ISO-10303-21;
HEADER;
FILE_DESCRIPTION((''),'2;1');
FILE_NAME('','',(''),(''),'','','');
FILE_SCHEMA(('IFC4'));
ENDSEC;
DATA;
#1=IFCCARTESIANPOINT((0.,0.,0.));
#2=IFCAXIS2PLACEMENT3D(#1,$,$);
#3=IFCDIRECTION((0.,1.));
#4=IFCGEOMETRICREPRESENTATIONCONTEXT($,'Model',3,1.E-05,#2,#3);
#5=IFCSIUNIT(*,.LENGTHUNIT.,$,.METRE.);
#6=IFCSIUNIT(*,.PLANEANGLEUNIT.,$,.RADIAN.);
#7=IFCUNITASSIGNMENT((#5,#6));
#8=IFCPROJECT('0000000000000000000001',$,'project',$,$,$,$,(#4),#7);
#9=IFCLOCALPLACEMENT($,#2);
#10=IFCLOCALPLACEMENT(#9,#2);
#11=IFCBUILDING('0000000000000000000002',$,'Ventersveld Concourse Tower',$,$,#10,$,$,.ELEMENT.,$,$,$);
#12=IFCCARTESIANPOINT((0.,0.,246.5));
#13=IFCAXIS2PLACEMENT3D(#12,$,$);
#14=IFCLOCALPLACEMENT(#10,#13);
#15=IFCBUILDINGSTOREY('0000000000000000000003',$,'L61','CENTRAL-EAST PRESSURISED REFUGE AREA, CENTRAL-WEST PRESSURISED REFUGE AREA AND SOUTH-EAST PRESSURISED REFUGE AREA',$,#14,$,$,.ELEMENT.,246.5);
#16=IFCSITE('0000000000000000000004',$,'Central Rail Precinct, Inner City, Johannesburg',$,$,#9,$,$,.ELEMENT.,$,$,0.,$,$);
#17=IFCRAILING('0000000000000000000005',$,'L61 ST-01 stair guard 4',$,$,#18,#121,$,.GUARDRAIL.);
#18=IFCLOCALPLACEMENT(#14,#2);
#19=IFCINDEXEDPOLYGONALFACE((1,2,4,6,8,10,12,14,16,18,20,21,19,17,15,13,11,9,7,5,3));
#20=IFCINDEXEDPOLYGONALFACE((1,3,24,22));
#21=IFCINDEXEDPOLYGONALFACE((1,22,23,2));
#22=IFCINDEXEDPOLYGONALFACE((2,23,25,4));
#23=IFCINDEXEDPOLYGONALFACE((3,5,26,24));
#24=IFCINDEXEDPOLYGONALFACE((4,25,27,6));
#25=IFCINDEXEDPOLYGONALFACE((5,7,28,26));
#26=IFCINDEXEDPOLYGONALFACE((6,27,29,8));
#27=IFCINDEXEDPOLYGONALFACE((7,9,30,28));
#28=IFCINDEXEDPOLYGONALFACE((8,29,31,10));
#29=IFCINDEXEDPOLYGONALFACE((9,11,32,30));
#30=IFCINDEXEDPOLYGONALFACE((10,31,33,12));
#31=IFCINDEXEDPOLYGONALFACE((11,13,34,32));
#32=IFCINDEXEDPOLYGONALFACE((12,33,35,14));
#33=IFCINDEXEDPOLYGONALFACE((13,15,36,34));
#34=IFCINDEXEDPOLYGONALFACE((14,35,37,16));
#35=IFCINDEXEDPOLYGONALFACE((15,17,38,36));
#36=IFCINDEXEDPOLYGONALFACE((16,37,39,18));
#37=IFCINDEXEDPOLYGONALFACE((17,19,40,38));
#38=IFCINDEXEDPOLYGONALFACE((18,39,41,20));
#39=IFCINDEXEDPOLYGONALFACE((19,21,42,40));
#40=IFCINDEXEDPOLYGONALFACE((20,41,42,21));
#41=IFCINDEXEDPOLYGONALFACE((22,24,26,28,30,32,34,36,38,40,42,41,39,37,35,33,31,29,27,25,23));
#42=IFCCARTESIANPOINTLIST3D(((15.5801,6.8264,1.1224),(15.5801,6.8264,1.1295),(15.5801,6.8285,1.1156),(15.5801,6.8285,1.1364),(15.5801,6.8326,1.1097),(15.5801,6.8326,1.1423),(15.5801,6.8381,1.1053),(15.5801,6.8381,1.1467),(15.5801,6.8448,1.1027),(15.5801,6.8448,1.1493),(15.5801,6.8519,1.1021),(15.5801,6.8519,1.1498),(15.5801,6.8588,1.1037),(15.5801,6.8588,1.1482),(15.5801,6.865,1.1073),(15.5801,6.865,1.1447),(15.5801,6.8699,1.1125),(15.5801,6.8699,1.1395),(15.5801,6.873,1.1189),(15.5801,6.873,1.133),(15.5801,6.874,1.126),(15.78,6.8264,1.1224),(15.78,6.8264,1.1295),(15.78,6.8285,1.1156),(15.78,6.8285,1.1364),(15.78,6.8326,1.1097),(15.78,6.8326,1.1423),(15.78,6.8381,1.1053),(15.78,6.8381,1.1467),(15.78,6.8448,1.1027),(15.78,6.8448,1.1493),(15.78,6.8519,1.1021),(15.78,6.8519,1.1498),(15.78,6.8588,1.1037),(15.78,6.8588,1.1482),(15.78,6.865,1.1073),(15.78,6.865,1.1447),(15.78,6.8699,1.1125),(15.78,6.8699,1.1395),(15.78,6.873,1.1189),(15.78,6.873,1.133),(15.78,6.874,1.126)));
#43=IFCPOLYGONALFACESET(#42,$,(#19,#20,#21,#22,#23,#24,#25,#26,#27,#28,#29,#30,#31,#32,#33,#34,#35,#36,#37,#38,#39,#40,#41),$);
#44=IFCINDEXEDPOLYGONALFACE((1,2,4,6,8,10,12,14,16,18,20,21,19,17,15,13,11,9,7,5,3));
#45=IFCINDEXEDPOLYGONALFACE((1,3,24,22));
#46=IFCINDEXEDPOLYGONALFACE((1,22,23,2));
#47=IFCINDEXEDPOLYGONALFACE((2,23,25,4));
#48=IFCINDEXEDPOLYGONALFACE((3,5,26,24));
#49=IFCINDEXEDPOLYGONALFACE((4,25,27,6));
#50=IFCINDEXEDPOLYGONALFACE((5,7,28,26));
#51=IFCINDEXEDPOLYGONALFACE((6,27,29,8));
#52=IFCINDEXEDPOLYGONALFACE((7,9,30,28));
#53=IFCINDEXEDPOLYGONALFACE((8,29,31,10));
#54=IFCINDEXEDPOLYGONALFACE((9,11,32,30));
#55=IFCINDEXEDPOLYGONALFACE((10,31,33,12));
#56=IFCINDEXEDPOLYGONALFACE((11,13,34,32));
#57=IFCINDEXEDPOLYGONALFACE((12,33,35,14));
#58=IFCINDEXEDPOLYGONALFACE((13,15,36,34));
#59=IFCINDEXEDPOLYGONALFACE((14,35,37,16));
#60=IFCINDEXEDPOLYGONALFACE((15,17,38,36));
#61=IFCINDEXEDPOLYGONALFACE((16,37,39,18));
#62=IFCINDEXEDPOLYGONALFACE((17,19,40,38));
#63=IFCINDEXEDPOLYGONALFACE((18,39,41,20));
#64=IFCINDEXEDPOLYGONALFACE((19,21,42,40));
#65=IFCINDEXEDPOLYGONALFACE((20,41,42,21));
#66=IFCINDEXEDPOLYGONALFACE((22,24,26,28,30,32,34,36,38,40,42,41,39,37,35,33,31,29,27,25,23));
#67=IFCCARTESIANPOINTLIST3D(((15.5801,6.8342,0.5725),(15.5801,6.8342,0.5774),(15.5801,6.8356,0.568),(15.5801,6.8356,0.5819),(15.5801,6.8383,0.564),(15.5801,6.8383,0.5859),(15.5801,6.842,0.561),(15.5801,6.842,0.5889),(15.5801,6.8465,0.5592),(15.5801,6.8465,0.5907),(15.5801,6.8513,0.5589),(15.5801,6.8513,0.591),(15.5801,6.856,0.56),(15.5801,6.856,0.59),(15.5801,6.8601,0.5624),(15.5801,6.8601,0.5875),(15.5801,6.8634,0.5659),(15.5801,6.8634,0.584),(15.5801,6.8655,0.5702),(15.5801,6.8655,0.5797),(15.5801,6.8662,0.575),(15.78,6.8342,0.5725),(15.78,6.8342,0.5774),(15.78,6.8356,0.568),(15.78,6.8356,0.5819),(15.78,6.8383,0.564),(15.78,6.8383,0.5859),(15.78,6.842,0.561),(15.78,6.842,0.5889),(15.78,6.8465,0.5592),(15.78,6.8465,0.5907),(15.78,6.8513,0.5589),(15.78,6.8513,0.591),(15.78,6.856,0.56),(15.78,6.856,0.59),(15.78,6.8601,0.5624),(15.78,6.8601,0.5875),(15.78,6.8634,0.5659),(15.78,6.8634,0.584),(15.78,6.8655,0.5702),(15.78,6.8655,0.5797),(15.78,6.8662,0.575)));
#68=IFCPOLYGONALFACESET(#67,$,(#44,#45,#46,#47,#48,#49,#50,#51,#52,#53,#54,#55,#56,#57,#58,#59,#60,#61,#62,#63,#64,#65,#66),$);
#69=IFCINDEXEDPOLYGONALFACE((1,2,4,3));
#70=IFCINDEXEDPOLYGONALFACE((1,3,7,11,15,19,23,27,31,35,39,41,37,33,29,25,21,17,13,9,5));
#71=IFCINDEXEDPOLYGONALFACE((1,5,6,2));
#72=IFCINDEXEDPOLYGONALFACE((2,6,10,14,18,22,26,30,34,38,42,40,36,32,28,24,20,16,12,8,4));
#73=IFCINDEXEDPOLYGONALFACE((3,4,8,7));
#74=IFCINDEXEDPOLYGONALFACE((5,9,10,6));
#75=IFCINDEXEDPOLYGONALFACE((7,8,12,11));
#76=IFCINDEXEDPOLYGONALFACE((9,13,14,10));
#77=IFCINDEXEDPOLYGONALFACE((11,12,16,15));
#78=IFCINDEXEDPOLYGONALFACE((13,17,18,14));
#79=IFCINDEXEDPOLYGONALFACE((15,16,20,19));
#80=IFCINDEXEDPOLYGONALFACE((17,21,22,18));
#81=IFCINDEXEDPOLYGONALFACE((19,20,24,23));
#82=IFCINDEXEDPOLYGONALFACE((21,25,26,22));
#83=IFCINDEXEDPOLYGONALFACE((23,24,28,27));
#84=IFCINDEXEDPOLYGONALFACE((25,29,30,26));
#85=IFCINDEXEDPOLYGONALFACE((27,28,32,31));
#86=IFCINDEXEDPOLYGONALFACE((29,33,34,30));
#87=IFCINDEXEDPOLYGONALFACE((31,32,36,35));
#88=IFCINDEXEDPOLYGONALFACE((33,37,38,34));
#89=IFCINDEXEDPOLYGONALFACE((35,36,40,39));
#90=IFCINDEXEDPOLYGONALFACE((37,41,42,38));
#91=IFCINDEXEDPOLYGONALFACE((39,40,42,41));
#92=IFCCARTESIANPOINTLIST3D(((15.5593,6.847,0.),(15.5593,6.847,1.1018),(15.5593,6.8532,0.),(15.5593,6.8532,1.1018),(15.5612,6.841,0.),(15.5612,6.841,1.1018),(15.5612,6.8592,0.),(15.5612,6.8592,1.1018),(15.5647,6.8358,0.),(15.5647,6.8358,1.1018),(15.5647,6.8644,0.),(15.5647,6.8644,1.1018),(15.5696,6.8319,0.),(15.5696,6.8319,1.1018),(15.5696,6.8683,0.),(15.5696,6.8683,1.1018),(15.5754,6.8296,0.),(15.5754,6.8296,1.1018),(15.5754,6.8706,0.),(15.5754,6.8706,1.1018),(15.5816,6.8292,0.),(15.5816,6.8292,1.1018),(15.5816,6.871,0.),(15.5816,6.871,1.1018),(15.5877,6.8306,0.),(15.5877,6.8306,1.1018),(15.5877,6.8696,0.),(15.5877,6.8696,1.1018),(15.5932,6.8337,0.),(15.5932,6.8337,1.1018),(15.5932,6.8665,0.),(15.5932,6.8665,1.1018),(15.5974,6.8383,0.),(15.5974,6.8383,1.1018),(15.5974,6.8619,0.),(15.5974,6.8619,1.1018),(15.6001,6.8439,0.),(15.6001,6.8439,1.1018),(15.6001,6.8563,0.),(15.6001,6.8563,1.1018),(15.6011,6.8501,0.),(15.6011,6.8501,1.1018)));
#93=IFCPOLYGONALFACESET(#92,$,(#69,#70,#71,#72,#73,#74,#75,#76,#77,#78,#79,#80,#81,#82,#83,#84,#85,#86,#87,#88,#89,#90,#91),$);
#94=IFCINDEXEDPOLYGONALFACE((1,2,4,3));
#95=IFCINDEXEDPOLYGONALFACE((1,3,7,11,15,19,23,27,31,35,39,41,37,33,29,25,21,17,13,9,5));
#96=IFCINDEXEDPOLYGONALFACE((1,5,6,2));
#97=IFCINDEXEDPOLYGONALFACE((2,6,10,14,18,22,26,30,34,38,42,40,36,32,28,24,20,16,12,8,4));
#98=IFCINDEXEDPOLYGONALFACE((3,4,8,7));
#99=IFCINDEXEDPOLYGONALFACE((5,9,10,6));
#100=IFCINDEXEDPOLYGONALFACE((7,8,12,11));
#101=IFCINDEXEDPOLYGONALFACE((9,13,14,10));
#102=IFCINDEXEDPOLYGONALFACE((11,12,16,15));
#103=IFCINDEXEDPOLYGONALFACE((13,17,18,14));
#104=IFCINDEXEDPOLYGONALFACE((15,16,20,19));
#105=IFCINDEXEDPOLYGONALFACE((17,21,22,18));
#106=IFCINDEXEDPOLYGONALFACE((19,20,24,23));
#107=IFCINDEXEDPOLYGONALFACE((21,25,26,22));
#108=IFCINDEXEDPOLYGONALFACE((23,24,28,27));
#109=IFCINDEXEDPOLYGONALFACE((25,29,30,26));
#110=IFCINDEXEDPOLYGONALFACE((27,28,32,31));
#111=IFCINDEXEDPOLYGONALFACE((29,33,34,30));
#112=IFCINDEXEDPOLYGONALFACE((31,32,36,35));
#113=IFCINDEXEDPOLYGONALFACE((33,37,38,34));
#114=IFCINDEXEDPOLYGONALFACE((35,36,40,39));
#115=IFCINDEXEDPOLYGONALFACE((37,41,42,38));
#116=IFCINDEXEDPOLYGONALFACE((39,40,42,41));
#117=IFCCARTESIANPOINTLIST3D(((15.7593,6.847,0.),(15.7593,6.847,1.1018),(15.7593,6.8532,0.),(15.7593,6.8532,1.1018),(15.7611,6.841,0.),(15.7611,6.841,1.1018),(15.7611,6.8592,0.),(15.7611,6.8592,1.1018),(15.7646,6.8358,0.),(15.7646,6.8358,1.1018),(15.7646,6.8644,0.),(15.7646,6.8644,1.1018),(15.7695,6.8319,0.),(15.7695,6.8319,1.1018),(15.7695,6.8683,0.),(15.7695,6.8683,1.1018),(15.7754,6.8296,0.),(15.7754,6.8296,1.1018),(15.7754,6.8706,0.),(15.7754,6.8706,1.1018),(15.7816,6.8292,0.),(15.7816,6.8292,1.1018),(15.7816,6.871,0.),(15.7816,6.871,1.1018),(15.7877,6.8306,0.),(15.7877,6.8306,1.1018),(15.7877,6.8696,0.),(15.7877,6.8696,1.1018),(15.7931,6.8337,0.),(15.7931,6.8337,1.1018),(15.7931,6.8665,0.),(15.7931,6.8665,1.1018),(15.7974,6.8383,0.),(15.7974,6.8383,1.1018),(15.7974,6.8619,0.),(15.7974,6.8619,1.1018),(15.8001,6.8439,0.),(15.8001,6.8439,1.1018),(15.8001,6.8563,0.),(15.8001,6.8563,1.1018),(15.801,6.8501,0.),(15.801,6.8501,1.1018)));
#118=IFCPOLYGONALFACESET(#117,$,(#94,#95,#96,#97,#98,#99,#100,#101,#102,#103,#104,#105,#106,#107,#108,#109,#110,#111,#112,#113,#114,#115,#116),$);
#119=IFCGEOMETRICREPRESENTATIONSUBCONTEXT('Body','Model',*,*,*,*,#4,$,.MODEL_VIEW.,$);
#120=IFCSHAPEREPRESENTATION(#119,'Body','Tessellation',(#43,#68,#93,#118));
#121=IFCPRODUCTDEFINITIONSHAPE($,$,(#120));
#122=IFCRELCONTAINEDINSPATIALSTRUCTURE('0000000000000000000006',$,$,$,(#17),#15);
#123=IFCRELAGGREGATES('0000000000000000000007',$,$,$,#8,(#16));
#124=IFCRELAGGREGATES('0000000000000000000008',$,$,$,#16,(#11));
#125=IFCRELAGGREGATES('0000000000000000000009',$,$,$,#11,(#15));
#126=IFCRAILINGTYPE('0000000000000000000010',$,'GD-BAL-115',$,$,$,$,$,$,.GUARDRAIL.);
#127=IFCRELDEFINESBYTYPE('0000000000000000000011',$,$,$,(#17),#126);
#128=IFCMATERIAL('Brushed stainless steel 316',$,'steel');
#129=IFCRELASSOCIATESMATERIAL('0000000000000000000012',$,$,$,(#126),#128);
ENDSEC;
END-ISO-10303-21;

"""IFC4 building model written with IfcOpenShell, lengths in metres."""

from ifc_helpers import new_model, si_unit, direction, frame, origin, origin_2d, place, context, subcontext, project, spatial, circle, extrude, material, type_object, element, save


model = new_model("IFC4")

# Units and contexts
model_context = context("Model", 3, precision=1e-05, world=origin(), true_north=direction((0.0, 1.0)))
body_context = subcontext(model_context, "Body", "Model", "MODEL_VIEW")
ifc_project = project(units=[si_unit("LENGTHUNIT", "METRE"), si_unit("PLANEANGLEUNIT", "RADIAN")], contexts=[model_context])

# Site, building, storey
site_placement = place(None, origin())
site = spatial("IfcSite", under=ifc_project, at=site_placement, Name="Central Rail Precinct, Inner City, Johannesburg", CompositionType="ELEMENT", RefElevation=0.0)
building_placement = place(site_placement, origin())
building = spatial("IfcBuilding", under=site, at=building_placement, Name="Ventersveld Concourse Tower", CompositionType="ELEMENT")
storey_placement = place(building_placement, frame((0.0, 0.0, 246.5)))
storey = spatial("IfcBuildingStorey", under=building, at=storey_placement, Name="L61", Description="CENTRAL-EAST PRESSURISED REFUGE AREA, CENTRAL-WEST PRESSURISED REFUGE AREA AND SOUTH-EAST PRESSURISED REFUGE AREA", CompositionType="ELEMENT", Elevation=246.5)

# Shared definitions
ifc_material_1 = material(Name="Brushed stainless steel 316", Category="steel")

# Railing
railing_type_1 = type_object("IfcRailingType", Name="GD-BAL-115", PredefinedType="GUARDRAIL", material=ifc_material_1)
railing_1_placement = place(storey_placement, frame((15.5801, 6.8501, 0.0)))
element("IfcRailing", 1, at=railing_1_placement, inside=storey, type_object=railing_type_1, Name="L61 ST-01 stair guard 4", PredefinedType="GUARDRAIL", context=body_context, shape_type="SweptSolid", body=[
    extrude(circle(Radius=0.0239, at=origin_2d()), frame((0.0, 0.0, 1.126), z_axis=(1.0, 0.0, 0.0), x_axis=(0.0, 1.0, 0.0)), (0.0, 0.0, 1.0), 0.2),
    extrude(circle(Radius=0.0161, at=origin_2d()), frame((0.0, 0.0, 0.575), z_axis=(1.0, 0.0, 0.0), x_axis=(0.0, 1.0, 0.0)), (0.0, 0.0, 1.0), 0.2),
    extrude(circle(Radius=0.021, at=origin_2d()), origin(), (0.0, 0.0, 1.0), 1.1018),
    extrude(circle(Radius=0.021, at=origin_2d()), frame((0.2, 0.0, 0.0)), (0.0, 0.0, 1.0), 1.1018),
])

save(model, "model.ifc")
